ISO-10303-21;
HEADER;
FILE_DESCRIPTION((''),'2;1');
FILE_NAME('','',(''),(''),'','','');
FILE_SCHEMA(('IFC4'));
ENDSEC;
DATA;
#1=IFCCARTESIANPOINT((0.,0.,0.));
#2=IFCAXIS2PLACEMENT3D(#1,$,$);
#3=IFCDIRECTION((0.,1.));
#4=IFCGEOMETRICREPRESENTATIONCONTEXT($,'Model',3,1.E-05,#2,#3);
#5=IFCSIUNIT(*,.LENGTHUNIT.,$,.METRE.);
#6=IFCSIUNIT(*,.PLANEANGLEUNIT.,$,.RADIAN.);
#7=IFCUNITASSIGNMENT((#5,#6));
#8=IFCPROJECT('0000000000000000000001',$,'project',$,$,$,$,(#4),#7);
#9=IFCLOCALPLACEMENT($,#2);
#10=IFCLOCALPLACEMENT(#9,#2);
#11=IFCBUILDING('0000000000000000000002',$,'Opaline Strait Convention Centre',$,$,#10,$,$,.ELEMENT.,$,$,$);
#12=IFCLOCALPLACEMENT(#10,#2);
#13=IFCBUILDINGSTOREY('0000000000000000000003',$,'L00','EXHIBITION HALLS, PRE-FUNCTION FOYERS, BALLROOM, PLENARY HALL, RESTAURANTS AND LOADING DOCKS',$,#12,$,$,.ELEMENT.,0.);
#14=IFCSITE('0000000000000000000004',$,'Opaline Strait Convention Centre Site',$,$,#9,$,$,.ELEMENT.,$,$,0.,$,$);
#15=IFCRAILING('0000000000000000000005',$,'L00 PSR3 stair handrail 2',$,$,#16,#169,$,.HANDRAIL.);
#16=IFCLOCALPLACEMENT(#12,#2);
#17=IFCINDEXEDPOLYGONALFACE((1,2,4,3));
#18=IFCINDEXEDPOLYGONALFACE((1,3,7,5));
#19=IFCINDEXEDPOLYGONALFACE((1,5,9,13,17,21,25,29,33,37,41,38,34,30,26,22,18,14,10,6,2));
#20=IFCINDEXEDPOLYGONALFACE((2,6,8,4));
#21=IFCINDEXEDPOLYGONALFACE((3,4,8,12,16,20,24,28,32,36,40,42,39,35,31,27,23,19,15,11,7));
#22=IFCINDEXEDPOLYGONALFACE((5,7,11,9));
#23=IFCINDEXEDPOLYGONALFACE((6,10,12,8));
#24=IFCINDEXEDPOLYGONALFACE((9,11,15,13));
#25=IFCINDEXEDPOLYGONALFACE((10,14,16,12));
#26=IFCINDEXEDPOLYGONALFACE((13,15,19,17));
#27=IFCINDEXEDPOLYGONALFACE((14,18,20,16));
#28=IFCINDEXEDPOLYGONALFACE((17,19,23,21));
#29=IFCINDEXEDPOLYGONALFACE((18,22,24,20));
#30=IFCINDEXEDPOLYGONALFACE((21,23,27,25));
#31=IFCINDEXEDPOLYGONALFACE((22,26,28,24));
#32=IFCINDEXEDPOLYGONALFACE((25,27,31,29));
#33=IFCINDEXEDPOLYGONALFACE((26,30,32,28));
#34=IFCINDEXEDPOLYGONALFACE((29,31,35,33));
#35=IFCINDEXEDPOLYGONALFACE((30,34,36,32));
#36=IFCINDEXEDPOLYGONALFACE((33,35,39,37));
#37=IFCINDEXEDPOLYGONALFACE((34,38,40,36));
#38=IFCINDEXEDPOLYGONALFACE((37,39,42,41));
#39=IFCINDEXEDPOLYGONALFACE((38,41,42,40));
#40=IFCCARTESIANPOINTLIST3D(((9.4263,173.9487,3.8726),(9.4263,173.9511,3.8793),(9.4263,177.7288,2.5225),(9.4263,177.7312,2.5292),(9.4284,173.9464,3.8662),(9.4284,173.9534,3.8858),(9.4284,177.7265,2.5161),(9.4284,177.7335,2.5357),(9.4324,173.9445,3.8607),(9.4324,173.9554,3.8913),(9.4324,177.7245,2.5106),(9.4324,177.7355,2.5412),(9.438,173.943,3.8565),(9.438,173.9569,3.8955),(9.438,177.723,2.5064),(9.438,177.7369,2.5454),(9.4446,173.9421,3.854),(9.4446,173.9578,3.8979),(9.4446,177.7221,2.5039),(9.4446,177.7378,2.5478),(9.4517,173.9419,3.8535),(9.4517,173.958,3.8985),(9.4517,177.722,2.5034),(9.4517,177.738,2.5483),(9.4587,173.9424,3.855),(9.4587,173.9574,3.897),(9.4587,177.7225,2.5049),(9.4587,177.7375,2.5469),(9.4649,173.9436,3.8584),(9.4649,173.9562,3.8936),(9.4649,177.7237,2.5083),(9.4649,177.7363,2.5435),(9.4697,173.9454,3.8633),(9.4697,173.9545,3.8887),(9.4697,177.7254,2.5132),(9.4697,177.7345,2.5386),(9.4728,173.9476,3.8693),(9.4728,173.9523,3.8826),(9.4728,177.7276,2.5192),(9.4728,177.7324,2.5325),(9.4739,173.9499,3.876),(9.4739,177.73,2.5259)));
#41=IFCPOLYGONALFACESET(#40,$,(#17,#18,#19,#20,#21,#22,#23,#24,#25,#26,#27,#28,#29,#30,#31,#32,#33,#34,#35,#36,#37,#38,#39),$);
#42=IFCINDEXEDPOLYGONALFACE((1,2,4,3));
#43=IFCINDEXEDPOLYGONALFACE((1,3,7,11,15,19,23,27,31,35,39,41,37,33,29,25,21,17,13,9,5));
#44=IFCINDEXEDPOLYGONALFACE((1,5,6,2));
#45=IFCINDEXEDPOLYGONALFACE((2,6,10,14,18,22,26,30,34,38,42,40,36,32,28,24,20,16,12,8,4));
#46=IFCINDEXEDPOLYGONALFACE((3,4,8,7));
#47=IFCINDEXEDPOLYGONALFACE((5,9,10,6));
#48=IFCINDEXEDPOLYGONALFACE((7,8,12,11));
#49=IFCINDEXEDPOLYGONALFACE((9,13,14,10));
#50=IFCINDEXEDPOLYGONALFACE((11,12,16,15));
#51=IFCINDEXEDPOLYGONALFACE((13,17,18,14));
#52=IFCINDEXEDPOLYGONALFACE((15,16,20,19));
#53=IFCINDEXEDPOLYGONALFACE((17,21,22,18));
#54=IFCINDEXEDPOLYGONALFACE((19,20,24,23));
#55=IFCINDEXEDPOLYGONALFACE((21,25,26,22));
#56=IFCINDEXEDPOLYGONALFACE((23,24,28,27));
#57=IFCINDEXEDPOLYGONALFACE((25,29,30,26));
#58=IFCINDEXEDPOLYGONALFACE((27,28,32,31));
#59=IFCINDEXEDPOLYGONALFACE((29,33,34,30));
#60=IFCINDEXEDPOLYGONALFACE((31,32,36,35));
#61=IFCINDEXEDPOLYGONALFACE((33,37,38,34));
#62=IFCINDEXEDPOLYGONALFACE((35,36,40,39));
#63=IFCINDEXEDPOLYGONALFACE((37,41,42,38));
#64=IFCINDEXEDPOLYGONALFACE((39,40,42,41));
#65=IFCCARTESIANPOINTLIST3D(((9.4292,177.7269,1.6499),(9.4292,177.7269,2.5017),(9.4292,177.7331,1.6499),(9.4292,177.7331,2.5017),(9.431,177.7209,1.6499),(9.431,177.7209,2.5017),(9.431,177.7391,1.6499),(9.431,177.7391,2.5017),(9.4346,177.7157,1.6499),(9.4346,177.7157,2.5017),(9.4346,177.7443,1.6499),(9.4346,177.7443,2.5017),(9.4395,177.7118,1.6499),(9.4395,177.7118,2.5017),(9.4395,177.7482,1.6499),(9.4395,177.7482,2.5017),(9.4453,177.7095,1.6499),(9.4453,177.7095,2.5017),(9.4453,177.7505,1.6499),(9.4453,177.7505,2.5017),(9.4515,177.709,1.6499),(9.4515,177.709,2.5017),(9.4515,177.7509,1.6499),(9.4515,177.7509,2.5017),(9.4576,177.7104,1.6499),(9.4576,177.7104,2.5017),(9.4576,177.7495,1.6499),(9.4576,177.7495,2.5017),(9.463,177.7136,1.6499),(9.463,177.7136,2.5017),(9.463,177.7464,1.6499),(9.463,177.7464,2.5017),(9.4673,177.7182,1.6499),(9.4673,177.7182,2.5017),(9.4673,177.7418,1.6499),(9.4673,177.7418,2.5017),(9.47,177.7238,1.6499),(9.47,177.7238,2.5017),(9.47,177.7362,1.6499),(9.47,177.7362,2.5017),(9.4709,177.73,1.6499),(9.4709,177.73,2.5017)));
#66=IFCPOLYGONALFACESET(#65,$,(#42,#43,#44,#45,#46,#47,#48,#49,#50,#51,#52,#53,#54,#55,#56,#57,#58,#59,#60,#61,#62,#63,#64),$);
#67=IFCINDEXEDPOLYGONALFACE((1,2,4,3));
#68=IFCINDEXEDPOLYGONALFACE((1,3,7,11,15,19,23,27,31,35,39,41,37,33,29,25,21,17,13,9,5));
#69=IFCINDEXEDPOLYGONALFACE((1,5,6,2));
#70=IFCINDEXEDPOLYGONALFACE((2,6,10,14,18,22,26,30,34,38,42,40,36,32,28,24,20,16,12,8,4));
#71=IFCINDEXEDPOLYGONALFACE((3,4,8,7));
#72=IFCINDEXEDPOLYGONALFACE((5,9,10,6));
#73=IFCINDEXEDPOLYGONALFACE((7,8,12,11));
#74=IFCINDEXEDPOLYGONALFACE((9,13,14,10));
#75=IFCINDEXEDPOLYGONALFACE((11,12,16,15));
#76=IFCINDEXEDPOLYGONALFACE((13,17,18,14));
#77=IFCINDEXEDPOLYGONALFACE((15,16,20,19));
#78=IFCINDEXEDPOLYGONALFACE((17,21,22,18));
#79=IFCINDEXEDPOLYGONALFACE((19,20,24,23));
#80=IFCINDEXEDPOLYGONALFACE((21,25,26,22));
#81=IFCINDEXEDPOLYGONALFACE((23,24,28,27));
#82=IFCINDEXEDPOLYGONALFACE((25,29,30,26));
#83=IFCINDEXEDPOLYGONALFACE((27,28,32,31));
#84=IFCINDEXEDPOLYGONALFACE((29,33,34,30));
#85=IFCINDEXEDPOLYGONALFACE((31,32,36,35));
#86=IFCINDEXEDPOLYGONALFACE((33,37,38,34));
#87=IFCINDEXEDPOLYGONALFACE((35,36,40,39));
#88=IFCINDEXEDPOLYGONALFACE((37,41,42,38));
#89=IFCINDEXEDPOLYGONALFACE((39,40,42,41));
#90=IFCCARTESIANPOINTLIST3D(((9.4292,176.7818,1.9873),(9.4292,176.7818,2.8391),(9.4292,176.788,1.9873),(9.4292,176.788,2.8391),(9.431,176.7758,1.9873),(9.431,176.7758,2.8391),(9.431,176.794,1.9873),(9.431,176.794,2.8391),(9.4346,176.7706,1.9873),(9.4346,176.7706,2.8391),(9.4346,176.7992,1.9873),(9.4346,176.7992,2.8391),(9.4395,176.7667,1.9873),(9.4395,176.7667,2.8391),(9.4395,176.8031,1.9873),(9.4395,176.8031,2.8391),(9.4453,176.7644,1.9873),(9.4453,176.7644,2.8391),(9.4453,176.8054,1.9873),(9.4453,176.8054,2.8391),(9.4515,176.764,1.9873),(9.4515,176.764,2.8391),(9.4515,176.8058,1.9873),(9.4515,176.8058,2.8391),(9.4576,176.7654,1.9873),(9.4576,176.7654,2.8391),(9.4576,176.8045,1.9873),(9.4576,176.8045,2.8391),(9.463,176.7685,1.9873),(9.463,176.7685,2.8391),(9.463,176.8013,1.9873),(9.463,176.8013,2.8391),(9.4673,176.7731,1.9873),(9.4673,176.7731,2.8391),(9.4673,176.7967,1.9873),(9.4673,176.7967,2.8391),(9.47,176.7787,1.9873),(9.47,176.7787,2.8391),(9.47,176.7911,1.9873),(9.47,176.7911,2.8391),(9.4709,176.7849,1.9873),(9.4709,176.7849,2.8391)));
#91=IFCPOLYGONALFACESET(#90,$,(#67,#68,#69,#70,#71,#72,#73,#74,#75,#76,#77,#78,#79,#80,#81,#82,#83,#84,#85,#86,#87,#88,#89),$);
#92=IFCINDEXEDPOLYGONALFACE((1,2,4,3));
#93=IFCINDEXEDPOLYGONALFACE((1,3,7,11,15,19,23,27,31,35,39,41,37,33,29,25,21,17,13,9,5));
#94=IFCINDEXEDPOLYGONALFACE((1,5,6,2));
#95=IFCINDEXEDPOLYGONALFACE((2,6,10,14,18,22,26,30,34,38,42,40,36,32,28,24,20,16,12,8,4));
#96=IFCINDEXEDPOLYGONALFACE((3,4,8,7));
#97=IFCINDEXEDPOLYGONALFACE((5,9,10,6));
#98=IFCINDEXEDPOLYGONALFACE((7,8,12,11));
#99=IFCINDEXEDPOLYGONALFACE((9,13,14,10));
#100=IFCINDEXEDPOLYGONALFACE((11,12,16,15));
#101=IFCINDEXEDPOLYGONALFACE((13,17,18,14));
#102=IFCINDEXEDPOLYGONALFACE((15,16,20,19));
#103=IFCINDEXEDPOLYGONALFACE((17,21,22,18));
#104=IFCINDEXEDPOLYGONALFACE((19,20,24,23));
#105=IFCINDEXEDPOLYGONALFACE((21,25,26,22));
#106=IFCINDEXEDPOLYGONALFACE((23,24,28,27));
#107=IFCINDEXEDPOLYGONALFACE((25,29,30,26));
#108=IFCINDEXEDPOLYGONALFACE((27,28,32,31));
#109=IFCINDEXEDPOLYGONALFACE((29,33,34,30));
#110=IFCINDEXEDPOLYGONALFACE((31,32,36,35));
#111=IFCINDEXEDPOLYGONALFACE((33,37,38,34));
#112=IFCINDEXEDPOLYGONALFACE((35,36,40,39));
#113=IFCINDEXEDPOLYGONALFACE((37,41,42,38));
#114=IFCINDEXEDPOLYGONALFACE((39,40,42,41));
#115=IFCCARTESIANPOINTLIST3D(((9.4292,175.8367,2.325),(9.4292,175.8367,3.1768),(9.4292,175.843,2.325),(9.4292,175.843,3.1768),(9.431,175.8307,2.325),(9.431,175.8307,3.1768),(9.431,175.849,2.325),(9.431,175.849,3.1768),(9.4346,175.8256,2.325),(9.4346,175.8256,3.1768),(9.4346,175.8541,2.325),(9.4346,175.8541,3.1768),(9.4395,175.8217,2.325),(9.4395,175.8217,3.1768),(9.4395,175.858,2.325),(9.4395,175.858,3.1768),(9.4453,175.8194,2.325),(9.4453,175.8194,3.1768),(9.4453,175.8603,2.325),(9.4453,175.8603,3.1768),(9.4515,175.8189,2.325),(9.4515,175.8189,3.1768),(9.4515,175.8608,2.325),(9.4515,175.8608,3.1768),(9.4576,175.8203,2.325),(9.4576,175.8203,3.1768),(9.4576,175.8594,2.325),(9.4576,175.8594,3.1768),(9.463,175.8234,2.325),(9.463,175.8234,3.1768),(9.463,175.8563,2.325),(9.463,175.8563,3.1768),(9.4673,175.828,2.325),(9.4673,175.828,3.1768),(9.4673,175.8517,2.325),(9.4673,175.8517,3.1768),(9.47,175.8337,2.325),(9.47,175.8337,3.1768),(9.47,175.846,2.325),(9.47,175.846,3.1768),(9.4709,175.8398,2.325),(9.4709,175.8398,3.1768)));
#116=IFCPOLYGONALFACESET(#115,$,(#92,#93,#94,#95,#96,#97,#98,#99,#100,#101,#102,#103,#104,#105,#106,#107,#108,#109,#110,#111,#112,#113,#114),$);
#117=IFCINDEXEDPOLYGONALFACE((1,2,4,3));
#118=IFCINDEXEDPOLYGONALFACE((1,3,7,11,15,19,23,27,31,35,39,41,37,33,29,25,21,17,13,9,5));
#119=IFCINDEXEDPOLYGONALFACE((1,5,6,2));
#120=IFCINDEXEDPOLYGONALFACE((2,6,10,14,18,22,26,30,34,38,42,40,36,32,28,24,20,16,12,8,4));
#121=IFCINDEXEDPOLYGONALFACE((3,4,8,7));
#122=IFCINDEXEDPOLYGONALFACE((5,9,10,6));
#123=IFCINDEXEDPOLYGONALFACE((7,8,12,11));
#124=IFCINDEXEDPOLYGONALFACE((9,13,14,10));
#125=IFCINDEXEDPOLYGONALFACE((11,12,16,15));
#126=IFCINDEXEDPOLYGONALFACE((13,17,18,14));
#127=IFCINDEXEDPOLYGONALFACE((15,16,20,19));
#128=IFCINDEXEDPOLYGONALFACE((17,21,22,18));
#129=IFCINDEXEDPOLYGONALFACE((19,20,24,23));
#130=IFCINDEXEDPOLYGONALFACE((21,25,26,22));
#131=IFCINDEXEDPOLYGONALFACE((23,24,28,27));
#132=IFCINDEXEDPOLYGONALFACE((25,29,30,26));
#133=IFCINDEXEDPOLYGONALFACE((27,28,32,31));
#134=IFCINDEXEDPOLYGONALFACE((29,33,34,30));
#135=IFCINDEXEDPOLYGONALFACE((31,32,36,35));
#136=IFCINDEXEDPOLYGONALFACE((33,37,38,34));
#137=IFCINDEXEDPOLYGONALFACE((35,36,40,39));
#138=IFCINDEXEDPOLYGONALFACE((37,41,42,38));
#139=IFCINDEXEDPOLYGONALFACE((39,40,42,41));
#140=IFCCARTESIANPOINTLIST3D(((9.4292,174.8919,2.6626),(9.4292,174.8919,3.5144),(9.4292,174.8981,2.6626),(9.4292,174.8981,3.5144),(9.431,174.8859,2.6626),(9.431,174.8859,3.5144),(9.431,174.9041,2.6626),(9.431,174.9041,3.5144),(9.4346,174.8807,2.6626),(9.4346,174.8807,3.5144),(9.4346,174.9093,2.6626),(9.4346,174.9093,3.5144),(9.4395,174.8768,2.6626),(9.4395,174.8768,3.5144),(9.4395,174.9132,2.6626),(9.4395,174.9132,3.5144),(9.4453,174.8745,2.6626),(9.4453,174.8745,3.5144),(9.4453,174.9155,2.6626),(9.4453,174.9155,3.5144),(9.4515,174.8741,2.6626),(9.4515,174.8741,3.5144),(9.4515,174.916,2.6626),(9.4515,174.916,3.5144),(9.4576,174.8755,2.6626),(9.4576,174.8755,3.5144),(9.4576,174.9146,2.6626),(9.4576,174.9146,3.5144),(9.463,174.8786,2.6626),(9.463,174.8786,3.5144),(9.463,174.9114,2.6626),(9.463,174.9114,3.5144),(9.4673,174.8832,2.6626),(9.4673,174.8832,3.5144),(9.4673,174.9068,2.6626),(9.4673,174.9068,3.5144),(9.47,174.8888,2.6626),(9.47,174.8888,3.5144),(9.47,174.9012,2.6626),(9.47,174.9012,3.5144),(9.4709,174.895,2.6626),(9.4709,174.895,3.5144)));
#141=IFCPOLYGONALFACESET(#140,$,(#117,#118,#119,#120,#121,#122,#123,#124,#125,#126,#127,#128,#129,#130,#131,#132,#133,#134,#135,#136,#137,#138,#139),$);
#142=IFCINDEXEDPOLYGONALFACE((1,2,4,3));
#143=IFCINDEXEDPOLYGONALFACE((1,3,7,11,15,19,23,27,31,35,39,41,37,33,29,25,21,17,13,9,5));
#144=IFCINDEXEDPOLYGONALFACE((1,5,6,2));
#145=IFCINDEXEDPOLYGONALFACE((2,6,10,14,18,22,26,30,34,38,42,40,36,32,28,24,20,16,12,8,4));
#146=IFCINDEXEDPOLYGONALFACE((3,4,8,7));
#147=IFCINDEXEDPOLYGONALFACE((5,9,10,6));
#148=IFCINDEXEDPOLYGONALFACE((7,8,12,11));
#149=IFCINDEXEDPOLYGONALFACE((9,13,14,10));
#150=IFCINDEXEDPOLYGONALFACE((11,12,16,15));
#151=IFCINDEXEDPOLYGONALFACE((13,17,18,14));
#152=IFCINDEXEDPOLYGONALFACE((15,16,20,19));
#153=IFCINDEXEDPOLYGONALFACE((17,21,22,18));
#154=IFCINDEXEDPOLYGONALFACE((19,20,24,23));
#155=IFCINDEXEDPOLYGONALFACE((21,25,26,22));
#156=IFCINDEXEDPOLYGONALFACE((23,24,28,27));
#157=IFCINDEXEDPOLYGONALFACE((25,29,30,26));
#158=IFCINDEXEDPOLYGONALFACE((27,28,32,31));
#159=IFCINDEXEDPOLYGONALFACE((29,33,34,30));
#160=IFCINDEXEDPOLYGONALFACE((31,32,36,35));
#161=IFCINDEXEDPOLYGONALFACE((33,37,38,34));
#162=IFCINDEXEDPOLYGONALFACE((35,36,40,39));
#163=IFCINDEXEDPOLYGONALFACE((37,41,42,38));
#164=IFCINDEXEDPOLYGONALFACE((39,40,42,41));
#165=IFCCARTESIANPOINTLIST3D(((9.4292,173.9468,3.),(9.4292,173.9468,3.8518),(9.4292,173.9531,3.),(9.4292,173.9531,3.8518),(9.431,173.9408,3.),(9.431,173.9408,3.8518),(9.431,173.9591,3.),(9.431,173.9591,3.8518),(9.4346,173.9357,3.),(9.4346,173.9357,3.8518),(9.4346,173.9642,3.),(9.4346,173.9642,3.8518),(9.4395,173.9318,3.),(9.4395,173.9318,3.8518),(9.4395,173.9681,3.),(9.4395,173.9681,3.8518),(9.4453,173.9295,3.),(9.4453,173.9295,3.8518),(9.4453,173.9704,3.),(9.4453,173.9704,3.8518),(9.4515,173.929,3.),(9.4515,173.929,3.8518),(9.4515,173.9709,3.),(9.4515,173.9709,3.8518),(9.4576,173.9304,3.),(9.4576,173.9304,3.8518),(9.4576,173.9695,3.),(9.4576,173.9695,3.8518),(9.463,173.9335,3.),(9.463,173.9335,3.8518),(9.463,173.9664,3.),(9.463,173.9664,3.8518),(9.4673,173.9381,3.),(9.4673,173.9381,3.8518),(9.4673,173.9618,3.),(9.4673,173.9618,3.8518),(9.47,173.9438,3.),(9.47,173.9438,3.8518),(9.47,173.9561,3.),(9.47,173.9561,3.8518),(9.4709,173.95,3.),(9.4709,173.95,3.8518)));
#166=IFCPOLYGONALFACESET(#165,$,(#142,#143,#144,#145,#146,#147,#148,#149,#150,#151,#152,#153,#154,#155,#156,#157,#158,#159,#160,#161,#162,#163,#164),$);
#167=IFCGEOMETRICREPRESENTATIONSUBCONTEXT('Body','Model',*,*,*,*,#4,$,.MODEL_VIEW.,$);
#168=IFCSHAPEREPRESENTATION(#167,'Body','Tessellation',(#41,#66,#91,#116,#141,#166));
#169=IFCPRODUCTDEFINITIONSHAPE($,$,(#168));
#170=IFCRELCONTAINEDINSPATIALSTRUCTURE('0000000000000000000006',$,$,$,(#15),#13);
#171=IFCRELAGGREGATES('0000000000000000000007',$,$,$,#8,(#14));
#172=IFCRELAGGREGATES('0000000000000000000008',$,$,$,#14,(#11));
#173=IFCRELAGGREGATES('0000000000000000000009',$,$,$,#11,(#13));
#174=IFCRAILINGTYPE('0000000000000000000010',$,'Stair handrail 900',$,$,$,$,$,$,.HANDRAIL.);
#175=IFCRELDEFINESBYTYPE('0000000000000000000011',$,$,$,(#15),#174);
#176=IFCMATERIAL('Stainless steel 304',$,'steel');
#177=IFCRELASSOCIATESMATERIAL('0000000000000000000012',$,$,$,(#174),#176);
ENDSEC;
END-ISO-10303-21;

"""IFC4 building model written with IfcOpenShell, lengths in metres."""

from ifc_helpers import new_model, si_unit, direction, frame, origin, origin_2d, place, context, subcontext, project, spatial, circle, extrude, material, type_object, element, save


model = new_model("IFC4")

# Units and contexts
model_context = context("Model", 3, precision=1e-05, world=origin(), true_north=direction((0.0, 1.0)))
body_context = subcontext(model_context, "Body", "Model", "MODEL_VIEW")
ifc_project = project(units=[si_unit("LENGTHUNIT", "METRE"), si_unit("PLANEANGLEUNIT", "RADIAN")], contexts=[model_context])

# Site, building, storey
site_placement = place(None, origin())
site = spatial("IfcSite", under=ifc_project, at=site_placement, Name="Opaline Strait Convention Centre Site", CompositionType="ELEMENT", RefElevation=0.0)
building_placement = place(site_placement, origin())
building = spatial("IfcBuilding", under=site, at=building_placement, Name="Opaline Strait Convention Centre", CompositionType="ELEMENT")
storey_placement = place(building_placement, origin())
storey = spatial("IfcBuildingStorey", under=building, at=storey_placement, Name="L00", Description="EXHIBITION HALLS, PRE-FUNCTION FOYERS, BALLROOM, PLENARY HALL, RESTAURANTS AND LOADING DOCKS", CompositionType="ELEMENT", Elevation=0.0)

# Railing
ifc_material_1 = material(Name="Stainless steel 304", Category="steel")
railing_type_1 = type_object("IfcRailingType", Name="Stair handrail 900", PredefinedType="HANDRAIL", material=ifc_material_1)
for number, where, name in (
    (1, (9.45, 177.73, 1.6499), "L00 PSR3 stair handrail 2"),
):
    element("IfcRailing", number, at=place(storey_placement, frame(where)), inside=storey, type_object=railing_type_1, Name=name, PredefinedType="HANDRAIL", context=body_context, shape_type="SweptSolid", body=[
        extrude(circle(Radius=0.0239, at=origin_2d()), frame((0.0, 0.0, 0.876), z_axis=(0.0, -0.941735, 0.336356), x_axis=(1.0, 0.0, 0.0)), (0.0, 0.0, 1.0), 4.0139),
        extrude(circle(Radius=0.021, at=origin_2d()), origin(), (0.0, 0.0, 1.0), 0.8518),
        extrude(circle(Radius=0.021, at=origin_2d()), frame((0.0, -0.9451, 0.3374)), (0.0, 0.0, 1.0), 0.8518),
        extrude(circle(Radius=0.021, at=origin_2d()), frame((0.0, -1.8901, 0.675)), (0.0, 0.0, 1.0), 0.8518),
        extrude(circle(Radius=0.021, at=origin_2d()), frame((0.0, -2.835, 1.0127)), (0.0, 0.0, 1.0), 0.8518),
        extrude(circle(Radius=0.021, at=origin_2d()), frame((0.0, -3.78, 1.3501)), (0.0, 0.0, 1.0), 0.8518),
    ])

save(model, "model.ifc")
